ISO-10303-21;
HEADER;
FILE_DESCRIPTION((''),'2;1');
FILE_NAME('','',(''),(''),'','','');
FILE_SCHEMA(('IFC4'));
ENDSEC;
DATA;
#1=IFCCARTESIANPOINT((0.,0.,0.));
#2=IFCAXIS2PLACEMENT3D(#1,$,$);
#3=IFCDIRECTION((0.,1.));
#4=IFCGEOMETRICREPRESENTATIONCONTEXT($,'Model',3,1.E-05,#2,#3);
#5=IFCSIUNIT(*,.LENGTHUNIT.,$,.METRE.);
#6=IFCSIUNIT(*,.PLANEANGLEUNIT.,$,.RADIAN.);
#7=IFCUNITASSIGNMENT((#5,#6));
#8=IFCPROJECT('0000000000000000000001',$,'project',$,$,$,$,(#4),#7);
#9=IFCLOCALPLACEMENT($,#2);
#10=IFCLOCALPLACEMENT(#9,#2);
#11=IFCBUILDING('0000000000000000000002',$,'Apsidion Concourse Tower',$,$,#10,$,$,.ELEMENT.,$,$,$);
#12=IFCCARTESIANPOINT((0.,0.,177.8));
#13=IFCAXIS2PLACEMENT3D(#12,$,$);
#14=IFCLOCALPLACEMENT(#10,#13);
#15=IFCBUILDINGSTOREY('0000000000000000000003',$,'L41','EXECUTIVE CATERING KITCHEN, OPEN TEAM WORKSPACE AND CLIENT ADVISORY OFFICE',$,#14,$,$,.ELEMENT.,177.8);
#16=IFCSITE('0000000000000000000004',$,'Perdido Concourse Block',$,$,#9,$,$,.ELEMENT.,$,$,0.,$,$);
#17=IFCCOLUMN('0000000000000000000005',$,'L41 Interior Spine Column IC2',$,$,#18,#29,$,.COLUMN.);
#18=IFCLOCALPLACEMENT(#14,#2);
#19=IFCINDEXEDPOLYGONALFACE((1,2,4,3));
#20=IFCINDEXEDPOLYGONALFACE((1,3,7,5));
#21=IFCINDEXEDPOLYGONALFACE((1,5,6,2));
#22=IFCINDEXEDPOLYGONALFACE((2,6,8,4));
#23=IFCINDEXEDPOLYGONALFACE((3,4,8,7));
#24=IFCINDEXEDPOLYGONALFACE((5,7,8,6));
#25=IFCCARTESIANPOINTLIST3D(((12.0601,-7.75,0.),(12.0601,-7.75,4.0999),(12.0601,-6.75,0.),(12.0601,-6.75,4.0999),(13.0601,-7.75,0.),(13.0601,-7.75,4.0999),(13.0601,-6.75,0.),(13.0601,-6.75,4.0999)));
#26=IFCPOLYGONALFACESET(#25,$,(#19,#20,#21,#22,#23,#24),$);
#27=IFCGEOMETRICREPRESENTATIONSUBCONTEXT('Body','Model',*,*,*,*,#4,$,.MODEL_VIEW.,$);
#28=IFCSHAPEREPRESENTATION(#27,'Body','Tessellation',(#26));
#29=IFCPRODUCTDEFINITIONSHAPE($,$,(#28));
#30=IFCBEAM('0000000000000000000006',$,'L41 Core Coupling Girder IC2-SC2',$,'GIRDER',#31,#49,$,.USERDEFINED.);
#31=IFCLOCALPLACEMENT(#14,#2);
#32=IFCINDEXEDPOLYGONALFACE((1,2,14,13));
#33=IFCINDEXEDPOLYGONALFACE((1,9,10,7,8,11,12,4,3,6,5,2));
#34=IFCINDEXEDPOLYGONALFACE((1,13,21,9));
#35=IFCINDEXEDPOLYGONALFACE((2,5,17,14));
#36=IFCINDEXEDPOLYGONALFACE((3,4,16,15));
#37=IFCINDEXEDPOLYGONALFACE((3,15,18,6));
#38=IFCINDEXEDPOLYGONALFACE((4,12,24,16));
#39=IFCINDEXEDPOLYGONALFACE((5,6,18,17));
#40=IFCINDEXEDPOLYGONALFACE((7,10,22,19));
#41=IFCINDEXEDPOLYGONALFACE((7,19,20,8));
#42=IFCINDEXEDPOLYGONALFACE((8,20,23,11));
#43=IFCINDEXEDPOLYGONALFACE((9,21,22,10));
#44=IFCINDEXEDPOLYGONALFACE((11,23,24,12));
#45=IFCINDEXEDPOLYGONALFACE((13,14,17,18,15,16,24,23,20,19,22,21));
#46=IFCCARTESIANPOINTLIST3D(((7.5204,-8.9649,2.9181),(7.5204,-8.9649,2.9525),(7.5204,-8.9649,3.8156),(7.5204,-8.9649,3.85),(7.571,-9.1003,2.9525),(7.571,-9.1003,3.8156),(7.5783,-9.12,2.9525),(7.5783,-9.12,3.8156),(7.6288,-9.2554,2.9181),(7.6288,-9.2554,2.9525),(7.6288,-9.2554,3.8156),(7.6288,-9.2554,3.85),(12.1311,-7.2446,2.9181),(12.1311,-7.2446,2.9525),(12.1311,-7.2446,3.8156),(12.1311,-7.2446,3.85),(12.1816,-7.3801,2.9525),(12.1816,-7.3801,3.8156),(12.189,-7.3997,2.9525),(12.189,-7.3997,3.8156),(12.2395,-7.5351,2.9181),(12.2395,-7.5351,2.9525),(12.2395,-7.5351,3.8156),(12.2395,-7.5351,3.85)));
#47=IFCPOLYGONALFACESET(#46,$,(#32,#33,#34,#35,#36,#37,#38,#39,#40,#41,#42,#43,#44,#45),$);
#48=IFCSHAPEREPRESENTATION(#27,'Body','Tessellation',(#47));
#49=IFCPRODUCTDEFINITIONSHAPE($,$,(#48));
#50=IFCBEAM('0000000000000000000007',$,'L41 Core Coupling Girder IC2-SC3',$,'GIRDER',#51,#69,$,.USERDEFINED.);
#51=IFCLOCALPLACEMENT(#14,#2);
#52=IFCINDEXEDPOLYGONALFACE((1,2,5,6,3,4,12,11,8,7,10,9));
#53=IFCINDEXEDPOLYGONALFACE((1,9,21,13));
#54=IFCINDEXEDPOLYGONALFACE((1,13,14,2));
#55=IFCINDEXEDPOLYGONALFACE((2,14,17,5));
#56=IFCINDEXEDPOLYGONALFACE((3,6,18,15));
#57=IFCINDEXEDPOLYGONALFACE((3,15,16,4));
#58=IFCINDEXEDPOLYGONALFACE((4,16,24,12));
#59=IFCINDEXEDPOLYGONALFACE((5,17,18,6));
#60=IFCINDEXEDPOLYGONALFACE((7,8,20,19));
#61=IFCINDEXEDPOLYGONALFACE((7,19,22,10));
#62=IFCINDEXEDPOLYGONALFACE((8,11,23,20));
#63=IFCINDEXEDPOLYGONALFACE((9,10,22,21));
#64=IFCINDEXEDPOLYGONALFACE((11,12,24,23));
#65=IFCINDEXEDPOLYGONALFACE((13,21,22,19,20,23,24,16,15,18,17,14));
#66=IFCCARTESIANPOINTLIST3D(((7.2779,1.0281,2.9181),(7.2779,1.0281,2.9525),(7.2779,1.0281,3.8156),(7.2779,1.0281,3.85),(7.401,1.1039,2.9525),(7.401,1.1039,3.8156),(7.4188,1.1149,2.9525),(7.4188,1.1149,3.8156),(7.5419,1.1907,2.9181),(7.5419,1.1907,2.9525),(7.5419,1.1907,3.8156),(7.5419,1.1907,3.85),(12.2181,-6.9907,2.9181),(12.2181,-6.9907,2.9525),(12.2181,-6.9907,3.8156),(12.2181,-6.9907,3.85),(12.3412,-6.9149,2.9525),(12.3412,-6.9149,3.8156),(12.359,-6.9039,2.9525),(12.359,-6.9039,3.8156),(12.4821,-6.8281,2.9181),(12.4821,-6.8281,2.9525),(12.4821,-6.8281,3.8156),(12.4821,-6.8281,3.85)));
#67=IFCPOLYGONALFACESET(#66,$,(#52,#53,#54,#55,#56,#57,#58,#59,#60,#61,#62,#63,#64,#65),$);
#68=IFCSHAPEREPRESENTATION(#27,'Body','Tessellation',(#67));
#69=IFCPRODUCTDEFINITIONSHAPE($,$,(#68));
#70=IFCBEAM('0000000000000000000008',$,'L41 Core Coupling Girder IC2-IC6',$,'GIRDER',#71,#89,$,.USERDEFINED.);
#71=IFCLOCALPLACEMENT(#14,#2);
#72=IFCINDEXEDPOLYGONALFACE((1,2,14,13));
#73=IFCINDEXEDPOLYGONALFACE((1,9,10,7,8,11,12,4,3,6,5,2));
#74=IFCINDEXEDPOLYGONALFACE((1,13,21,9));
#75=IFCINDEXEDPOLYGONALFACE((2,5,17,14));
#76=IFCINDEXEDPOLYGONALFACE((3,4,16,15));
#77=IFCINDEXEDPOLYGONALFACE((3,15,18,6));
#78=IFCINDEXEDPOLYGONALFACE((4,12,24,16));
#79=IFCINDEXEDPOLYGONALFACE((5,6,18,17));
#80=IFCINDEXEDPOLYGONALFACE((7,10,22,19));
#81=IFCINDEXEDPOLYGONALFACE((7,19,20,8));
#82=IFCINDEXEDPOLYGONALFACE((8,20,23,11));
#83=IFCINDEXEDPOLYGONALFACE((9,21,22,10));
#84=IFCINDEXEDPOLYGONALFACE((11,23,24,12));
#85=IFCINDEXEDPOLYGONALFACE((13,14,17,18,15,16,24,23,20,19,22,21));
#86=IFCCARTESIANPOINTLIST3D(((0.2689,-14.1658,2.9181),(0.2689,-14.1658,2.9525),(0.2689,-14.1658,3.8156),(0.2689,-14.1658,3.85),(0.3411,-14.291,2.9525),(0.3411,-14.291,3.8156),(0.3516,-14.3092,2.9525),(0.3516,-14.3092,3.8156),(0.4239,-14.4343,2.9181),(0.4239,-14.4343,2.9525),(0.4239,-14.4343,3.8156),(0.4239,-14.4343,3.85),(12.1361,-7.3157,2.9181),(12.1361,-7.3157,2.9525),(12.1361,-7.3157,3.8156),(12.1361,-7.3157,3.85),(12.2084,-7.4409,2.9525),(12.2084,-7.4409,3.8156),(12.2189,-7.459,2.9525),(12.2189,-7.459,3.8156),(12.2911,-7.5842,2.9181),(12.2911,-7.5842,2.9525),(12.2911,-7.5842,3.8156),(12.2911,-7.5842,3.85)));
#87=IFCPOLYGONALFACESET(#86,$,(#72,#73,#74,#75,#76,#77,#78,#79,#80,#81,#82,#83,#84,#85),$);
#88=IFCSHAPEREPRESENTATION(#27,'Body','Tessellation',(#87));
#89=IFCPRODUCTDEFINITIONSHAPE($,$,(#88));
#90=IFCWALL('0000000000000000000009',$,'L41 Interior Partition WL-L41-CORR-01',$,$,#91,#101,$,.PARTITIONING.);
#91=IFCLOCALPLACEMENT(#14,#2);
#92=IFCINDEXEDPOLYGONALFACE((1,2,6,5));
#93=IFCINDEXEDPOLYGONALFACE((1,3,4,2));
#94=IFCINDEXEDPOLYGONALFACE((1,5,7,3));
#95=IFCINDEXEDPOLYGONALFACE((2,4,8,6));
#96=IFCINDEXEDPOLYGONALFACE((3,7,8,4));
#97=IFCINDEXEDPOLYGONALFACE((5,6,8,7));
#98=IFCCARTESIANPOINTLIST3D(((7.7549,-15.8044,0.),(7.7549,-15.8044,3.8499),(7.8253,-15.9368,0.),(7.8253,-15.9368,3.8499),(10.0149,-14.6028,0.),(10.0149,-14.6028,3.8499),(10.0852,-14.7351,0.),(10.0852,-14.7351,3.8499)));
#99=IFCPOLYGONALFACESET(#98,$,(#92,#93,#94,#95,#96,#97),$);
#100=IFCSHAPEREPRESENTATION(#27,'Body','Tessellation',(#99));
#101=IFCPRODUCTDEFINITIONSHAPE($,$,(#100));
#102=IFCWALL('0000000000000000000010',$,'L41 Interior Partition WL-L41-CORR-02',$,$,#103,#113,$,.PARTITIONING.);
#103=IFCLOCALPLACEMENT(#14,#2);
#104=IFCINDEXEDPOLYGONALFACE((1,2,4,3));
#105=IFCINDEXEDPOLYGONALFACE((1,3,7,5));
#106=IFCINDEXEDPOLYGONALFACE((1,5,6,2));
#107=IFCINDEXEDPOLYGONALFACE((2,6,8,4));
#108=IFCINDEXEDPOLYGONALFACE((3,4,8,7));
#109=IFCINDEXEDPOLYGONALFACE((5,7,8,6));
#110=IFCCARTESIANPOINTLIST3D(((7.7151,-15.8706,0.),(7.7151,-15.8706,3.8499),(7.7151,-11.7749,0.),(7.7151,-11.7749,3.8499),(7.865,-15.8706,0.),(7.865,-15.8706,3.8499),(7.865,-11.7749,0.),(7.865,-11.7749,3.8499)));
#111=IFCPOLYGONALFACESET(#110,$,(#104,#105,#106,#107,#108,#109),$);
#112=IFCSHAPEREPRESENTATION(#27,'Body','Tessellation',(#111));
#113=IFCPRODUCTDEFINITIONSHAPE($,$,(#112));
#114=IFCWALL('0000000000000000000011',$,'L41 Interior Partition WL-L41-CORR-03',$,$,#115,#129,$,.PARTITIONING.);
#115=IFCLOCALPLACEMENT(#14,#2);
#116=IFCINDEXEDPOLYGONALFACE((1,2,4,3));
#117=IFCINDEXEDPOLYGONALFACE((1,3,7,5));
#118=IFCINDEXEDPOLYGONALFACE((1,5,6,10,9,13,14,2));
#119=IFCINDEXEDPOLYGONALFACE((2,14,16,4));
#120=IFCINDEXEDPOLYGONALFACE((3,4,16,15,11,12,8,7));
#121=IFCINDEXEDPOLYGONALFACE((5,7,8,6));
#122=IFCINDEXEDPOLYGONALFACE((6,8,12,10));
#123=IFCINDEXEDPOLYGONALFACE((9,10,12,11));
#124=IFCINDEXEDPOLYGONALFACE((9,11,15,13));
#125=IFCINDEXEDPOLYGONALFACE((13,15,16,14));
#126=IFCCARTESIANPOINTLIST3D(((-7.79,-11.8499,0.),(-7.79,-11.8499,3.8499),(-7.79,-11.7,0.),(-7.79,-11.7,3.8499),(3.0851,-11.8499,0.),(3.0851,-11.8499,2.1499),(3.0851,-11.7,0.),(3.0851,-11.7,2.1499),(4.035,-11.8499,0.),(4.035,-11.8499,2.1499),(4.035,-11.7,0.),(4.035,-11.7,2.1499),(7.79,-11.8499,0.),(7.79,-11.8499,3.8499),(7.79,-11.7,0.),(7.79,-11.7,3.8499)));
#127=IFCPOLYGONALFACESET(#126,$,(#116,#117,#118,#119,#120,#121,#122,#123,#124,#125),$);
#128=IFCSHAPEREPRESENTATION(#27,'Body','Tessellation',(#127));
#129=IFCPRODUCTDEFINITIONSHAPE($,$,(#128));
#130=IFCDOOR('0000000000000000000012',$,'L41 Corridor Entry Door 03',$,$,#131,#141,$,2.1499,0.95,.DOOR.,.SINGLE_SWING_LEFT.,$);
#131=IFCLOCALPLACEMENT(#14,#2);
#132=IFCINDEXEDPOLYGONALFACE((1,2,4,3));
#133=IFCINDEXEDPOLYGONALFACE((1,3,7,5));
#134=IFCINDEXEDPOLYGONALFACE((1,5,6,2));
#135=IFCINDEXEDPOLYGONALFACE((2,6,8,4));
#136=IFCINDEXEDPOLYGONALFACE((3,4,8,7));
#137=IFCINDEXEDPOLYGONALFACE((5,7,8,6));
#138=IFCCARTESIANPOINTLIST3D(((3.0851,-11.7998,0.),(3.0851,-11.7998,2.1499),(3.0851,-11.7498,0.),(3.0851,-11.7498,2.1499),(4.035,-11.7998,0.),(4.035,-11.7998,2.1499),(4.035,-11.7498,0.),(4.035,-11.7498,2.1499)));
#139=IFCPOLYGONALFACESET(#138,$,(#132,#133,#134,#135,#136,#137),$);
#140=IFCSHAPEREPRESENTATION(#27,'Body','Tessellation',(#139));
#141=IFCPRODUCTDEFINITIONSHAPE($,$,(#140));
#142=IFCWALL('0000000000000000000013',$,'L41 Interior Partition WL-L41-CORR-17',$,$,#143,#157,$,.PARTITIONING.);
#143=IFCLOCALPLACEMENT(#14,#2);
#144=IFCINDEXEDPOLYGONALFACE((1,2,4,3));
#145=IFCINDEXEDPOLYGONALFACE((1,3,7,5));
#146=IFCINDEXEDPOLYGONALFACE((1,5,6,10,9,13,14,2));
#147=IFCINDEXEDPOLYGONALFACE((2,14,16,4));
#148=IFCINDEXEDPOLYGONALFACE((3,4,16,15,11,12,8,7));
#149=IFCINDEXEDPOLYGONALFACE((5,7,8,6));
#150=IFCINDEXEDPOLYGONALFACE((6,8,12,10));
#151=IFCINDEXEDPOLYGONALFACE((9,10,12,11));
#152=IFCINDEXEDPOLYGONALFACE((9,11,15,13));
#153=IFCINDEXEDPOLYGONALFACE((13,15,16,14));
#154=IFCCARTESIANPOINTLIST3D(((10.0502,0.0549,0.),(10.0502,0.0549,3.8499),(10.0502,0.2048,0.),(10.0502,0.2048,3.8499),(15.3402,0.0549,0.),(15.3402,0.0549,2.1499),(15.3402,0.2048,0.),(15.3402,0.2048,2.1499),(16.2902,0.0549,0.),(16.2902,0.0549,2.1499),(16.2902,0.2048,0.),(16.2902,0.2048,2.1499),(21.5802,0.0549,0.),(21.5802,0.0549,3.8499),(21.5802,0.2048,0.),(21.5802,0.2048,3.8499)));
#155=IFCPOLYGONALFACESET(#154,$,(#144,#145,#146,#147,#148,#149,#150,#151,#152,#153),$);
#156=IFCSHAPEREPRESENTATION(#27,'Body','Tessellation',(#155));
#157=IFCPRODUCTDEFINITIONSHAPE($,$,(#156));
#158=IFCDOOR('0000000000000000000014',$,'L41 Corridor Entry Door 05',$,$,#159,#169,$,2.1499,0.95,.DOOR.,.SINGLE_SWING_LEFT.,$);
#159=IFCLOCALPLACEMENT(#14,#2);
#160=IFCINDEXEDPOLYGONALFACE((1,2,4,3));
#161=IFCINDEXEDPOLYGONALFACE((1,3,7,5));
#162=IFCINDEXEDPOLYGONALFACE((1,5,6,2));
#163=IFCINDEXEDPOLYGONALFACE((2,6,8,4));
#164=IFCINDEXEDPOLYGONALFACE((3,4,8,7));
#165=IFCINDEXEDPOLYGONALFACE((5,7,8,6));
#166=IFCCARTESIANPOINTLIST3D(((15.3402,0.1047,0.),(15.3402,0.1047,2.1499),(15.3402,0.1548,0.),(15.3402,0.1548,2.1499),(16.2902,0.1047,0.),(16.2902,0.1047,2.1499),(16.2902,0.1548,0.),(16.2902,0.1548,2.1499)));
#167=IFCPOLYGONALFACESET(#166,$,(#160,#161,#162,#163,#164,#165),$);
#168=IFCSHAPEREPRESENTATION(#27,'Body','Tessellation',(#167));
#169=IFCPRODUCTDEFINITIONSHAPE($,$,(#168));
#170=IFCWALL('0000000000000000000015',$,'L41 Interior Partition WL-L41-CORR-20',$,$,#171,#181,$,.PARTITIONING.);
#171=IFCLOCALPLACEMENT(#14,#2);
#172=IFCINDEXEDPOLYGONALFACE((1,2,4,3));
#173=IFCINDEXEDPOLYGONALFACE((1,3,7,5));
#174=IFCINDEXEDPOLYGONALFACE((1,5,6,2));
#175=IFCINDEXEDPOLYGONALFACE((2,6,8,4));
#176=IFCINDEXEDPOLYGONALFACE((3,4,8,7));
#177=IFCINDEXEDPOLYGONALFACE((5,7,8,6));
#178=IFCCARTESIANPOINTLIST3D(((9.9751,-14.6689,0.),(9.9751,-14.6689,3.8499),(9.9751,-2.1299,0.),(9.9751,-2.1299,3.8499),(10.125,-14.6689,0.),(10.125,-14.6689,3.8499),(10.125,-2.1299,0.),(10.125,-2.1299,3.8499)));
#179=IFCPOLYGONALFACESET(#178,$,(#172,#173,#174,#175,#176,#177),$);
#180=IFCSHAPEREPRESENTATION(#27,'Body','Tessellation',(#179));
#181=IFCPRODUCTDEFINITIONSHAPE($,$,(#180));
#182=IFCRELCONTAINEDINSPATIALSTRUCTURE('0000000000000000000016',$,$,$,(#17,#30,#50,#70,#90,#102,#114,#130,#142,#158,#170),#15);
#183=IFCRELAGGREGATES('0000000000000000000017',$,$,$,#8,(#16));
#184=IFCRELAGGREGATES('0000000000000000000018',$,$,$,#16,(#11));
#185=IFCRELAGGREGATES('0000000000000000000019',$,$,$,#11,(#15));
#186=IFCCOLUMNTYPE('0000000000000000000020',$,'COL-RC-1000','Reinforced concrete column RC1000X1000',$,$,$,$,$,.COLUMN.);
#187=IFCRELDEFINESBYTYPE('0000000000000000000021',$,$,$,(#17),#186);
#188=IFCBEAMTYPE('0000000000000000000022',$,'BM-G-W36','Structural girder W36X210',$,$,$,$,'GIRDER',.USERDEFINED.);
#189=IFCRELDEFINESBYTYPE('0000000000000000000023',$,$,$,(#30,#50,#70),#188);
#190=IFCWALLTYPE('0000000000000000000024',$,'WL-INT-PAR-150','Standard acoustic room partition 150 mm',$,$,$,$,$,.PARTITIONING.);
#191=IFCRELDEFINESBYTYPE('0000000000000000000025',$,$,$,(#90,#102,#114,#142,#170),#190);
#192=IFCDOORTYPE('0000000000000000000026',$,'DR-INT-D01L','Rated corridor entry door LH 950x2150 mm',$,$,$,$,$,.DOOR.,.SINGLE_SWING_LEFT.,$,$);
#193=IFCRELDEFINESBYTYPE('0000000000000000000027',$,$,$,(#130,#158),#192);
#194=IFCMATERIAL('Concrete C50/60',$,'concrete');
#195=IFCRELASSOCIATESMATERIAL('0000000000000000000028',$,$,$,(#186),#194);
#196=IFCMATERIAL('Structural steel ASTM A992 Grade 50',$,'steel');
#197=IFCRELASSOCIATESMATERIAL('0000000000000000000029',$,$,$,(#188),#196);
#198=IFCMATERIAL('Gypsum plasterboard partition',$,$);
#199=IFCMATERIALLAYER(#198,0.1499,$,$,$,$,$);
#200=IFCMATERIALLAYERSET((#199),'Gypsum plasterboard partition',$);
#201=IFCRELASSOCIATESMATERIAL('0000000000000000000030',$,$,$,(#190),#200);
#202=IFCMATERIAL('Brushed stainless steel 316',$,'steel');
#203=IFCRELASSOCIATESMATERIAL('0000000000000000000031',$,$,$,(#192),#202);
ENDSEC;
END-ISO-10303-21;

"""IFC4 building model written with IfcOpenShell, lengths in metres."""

from ifc_helpers import new_model, si_unit, direction, frame, frame_2d, origin, origin_2d, place, context, subcontext, project, spatial, rectangle, i_section, extrude, material, layer, layer_set, material_profile, profile_set, type_object, element, fill, save


model = new_model("IFC4")

# Units and contexts
model_context = context("Model", 3, precision=1e-05, world=origin(), true_north=direction((0.0, 1.0)))
body_context = subcontext(model_context, "Body", "Model", "MODEL_VIEW")
ifc_project = project(units=[si_unit("LENGTHUNIT", "METRE"), si_unit("PLANEANGLEUNIT", "RADIAN")], contexts=[model_context])

# Site, building, storey
site_placement = place(None, origin())
site = spatial("IfcSite", under=ifc_project, at=site_placement, Name="Perdido Concourse Block", CompositionType="ELEMENT", RefElevation=0.0)
building_placement = place(site_placement, origin())
building = spatial("IfcBuilding", under=site, at=building_placement, Name="Apsidion Concourse Tower", CompositionType="ELEMENT")
storey_placement = place(building_placement, frame((0.0, 0.0, 177.8)))
storey = spatial("IfcBuildingStorey", under=building, at=storey_placement, Name="L41", Description="EXECUTIVE CATERING KITCHEN, OPEN TEAM WORKSPACE AND CLIENT ADVISORY OFFICE", CompositionType="ELEMENT", Elevation=177.8)

# Column
ifc_material_1 = material(Name="Concrete C50/60", Category="concrete")
ifc_material_profile_1 = material_profile(ifc_material_1, rectangle(XDim=1.0, YDim=1.0, at=origin_2d()), Name="RC 1000x1000")
ifc_profile_set_1 = profile_set([ifc_material_profile_1], Name="Concrete C50/60")
column_type = type_object("IfcColumnType", Name="COL-RC-1000", Description="Reinforced concrete column RC1000X1000", PredefinedType="COLUMN", material=ifc_profile_set_1)
column_placement = place(storey_placement, frame((12.5601, -7.25, 0.0), z_axis=(0.0, 0.0, 1.0), x_axis=(1.0, 0.0, 0.0)))
element("IfcColumn", 1, at=column_placement, inside=storey, type_object=column_type, Name="L41 Interior Spine Column IC2", PredefinedType="COLUMN", context=body_context, shape_type="SweptSolid", body=[
    extrude(rectangle(XDim=1.0, YDim=1.0, at=origin_2d()), origin(), (0.0, 0.0, 1.0), 4.0999),
])

# Beams
ifc_material_2 = material(Name="Structural steel ASTM A992 Grade 50", Category="steel")
ifc_material_profile_2 = material_profile(ifc_material_2, i_section(OverallWidth=0.3101, OverallDepth=0.9319, WebThickness=0.021, FlangeThickness=0.0344, at=origin_2d()), Name="W36X210")
ifc_profile_set_2 = profile_set([ifc_material_profile_2], Name="Structural steel ASTM A992 Grade 50")
beam_type = type_object("IfcBeamType", Name="BM-G-W36", Description="Structural girder W36X210", ElementType="GIRDER", PredefinedType="USERDEFINED", material=ifc_profile_set_2)
beam_1_placement = place(storey_placement, frame((12.1853, -7.3899, 3.384), z_axis=(-0.936913, -0.349563, 0.0), x_axis=(0.349563, -0.936913, 0.0)))
element("IfcBeam", 2, at=beam_1_placement, inside=storey, type_object=beam_type, Name="L41 Core Coupling Girder IC2-SC2", ObjectType="GIRDER", PredefinedType="USERDEFINED", context=body_context, shape_type="SweptSolid", body=[
    extrude(i_section(OverallWidth=0.3101, OverallDepth=0.9319, WebThickness=0.021, FlangeThickness=0.0344, at=origin_2d()), origin(), (0.0, 0.0, 1.0), 4.9211),
])
beam_2_placement = place(storey_placement, frame((12.3501, -6.9094, 3.384), z_axis=(-0.524524, 0.851396, 0.0), x_axis=(-0.851396, -0.524524, 0.0)))
element("IfcBeam", 3, at=beam_2_placement, inside=storey, type_object=beam_type, Name="L41 Core Coupling Girder IC2-SC3", ObjectType="GIRDER", PredefinedType="USERDEFINED", context=body_context, shape_type="SweptSolid", body=[
    extrude(i_section(OverallWidth=0.3101, OverallDepth=0.9319, WebThickness=0.021, FlangeThickness=0.0344, at=origin_2d()), origin(), (0.0, 0.0, 1.0), 9.4185),
])
beam_3_placement = place(storey_placement, frame((12.2136, -7.45, 3.384), z_axis=(-0.86607, -0.499922, 0.0), x_axis=(0.499922, -0.86607, 0.0)))
element("IfcBeam", 4, at=beam_3_placement, inside=storey, type_object=beam_type, Name="L41 Core Coupling Girder IC2-IC6", ObjectType="GIRDER", PredefinedType="USERDEFINED", context=body_context, shape_type="SweptSolid", body=[
    extrude(i_section(OverallWidth=0.3101, OverallDepth=0.9319, WebThickness=0.021, FlangeThickness=0.0344, at=origin_2d()), origin(), (0.0, 0.0, 1.0), 13.7024),
])

# Walls
ifc_material_3 = material(Name="Gypsum plasterboard partition")
ifc_layer_1 = layer(ifc_material_3, 0.1499)
ifc_layer_set_1 = layer_set([ifc_layer_1], Name="Gypsum plasterboard partition")
wall_type_1 = type_object("IfcWallType", Name="WL-INT-PAR-150", Description="Standard acoustic room partition 150 mm", PredefinedType="PARTITIONING", material=ifc_layer_set_1)
wall_1_placement = place(storey_placement, frame((10.05, -14.6689, 0.0), z_axis=(0.0, 0.0, 1.0), x_axis=(-0.882949, -0.469469, 0.0)))
element("IfcWall", 5, at=wall_1_placement, inside=storey, type_object=wall_type_1, Name="L41 Interior Partition WL-L41-CORR-01", PredefinedType="PARTITIONING", context=body_context, shape_type="SweptSolid", body=[
    extrude(rectangle(XDim=2.5596, YDim=0.1499, at=frame_2d((1.2798, 0.0))), origin(), (0.0, 0.0, 1.0), 3.8499),
])
wall_2_placement = place(storey_placement, frame((7.79, -15.8706, 0.0), z_axis=(0.0, 0.0, 1.0), x_axis=(0.0, 1.0, 0.0)))
element("IfcWall", 6, at=wall_2_placement, inside=storey, type_object=wall_type_1, Name="L41 Interior Partition WL-L41-CORR-02", PredefinedType="PARTITIONING", context=body_context, shape_type="SweptSolid", body=[
    extrude(rectangle(XDim=4.0957, YDim=0.1499, at=frame_2d((2.0479, 0.0))), origin(), (0.0, 0.0, 1.0), 3.8499),
])

# Walls, openings, doors
wall_3_placement = place(storey_placement, frame((7.79, -11.7749, 0.0), z_axis=(0.0, 0.0, 1.0), x_axis=(-1.0, 0.0, 0.0)))
wall_3 = element("IfcWall", 7, at=wall_3_placement, inside=storey, type_object=wall_type_1, Name="L41 Interior Partition WL-L41-CORR-03", PredefinedType="PARTITIONING", context=body_context, shape_type="SweptSolid", body=[
    extrude(rectangle(XDim=15.5801, YDim=0.1499, at=frame_2d((7.79, 0.0))), origin(), (0.0, 0.0, 1.0), 3.8499),
])
opening_1_placement = place(wall_3_placement, frame((3.7549, 0.0, 0.0)))
opening_1 = element("IfcOpeningElement", 8, at=opening_1_placement, cuts=wall_3, PredefinedType="OPENING", context=body_context, shape_type="SweptSolid", body=[
    extrude(rectangle(XDim=0.95, YDim=2.1499, at=frame_2d((0.4751, 1.075))), frame((0.0, 0.085, 0.0), z_axis=(0.0, -1.0, 0.0), x_axis=(1.0, 0.0, 0.0)), (0.0, 0.0, 1.0), 0.1699),
])
ifc_material_4 = material(Name="Brushed stainless steel 316", Category="steel")
door_type = type_object("IfcDoorType", Name="DR-INT-D01L", Description="Rated corridor entry door LH 950x2150 mm", OperationType="SINGLE_SWING_LEFT", PredefinedType="DOOR", material=ifc_material_4)
door_1_placement = place(opening_1_placement, origin())
door_1 = element("IfcDoor", 9, at=door_1_placement, inside=storey, type_object=door_type, Name="L41 Corridor Entry Door 03", OperationType="SINGLE_SWING_LEFT", OverallHeight=2.1499, OverallWidth=0.95, PredefinedType="DOOR", context=body_context, shape_type="SweptSolid", body=[
    extrude(rectangle(XDim=0.95, YDim=2.1499, at=frame_2d((0.4751, 1.075))), frame((0.0, 0.0249, 0.0), z_axis=(0.0, -1.0, 0.0), x_axis=(1.0, 0.0, 0.0)), (0.0, 0.0, 1.0), 0.05),
])
fill(opening_1, door_1)
wall_4_placement = place(storey_placement, frame((10.05, 0.1299, 0.0), z_axis=(0.0, 0.0, 1.0), x_axis=(1.0, 0.0, 0.0)))
wall_4 = element("IfcWall", 10, at=wall_4_placement, inside=storey, type_object=wall_type_1, Name="L41 Interior Partition WL-L41-CORR-17", PredefinedType="PARTITIONING", context=body_context, shape_type="SweptSolid", body=[
    extrude(rectangle(XDim=11.53, YDim=0.1499, at=frame_2d((5.7651, 0.0))), origin(), (0.0, 0.0, 1.0), 3.8499),
])
opening_2_placement = place(wall_4_placement, frame((5.29, 0.0, 0.0)))
opening_2 = element("IfcOpeningElement", 11, at=opening_2_placement, cuts=wall_4, PredefinedType="OPENING", context=body_context, shape_type="SweptSolid", body=[
    extrude(rectangle(XDim=0.95, YDim=2.1499, at=frame_2d((0.4751, 1.075))), frame((0.0, 0.085, 0.0), z_axis=(0.0, -1.0, 0.0), x_axis=(1.0, 0.0, 0.0)), (0.0, 0.0, 1.0), 0.1699),
])
door_2_placement = place(opening_2_placement, origin())
door_2 = element("IfcDoor", 12, at=door_2_placement, inside=storey, type_object=door_type, Name="L41 Corridor Entry Door 05", OperationType="SINGLE_SWING_LEFT", OverallHeight=2.1499, OverallWidth=0.95, PredefinedType="DOOR", context=body_context, shape_type="SweptSolid", body=[
    extrude(rectangle(XDim=0.95, YDim=2.1499, at=frame_2d((0.4751, 1.075))), frame((0.0, 0.0249, 0.0), z_axis=(0.0, -1.0, 0.0), x_axis=(1.0, 0.0, 0.0)), (0.0, 0.0, 1.0), 0.05),
])
fill(opening_2, door_2)

# Wall
wall_5_placement = place(storey_placement, frame((10.05, -2.1299, 0.0), z_axis=(0.0, 0.0, 1.0), x_axis=(0.0, -1.0, 0.0)))
element("IfcWall", 13, at=wall_5_placement, inside=storey, type_object=wall_type_1, Name="L41 Interior Partition WL-L41-CORR-20", PredefinedType="PARTITIONING", context=body_context, shape_type="SweptSolid", body=[
    extrude(rectangle(XDim=12.5391, YDim=0.1499, at=frame_2d((6.2695, 0.0))), origin(), (0.0, 0.0, 1.0), 3.8499),
])

save(model, "model.ifc")
